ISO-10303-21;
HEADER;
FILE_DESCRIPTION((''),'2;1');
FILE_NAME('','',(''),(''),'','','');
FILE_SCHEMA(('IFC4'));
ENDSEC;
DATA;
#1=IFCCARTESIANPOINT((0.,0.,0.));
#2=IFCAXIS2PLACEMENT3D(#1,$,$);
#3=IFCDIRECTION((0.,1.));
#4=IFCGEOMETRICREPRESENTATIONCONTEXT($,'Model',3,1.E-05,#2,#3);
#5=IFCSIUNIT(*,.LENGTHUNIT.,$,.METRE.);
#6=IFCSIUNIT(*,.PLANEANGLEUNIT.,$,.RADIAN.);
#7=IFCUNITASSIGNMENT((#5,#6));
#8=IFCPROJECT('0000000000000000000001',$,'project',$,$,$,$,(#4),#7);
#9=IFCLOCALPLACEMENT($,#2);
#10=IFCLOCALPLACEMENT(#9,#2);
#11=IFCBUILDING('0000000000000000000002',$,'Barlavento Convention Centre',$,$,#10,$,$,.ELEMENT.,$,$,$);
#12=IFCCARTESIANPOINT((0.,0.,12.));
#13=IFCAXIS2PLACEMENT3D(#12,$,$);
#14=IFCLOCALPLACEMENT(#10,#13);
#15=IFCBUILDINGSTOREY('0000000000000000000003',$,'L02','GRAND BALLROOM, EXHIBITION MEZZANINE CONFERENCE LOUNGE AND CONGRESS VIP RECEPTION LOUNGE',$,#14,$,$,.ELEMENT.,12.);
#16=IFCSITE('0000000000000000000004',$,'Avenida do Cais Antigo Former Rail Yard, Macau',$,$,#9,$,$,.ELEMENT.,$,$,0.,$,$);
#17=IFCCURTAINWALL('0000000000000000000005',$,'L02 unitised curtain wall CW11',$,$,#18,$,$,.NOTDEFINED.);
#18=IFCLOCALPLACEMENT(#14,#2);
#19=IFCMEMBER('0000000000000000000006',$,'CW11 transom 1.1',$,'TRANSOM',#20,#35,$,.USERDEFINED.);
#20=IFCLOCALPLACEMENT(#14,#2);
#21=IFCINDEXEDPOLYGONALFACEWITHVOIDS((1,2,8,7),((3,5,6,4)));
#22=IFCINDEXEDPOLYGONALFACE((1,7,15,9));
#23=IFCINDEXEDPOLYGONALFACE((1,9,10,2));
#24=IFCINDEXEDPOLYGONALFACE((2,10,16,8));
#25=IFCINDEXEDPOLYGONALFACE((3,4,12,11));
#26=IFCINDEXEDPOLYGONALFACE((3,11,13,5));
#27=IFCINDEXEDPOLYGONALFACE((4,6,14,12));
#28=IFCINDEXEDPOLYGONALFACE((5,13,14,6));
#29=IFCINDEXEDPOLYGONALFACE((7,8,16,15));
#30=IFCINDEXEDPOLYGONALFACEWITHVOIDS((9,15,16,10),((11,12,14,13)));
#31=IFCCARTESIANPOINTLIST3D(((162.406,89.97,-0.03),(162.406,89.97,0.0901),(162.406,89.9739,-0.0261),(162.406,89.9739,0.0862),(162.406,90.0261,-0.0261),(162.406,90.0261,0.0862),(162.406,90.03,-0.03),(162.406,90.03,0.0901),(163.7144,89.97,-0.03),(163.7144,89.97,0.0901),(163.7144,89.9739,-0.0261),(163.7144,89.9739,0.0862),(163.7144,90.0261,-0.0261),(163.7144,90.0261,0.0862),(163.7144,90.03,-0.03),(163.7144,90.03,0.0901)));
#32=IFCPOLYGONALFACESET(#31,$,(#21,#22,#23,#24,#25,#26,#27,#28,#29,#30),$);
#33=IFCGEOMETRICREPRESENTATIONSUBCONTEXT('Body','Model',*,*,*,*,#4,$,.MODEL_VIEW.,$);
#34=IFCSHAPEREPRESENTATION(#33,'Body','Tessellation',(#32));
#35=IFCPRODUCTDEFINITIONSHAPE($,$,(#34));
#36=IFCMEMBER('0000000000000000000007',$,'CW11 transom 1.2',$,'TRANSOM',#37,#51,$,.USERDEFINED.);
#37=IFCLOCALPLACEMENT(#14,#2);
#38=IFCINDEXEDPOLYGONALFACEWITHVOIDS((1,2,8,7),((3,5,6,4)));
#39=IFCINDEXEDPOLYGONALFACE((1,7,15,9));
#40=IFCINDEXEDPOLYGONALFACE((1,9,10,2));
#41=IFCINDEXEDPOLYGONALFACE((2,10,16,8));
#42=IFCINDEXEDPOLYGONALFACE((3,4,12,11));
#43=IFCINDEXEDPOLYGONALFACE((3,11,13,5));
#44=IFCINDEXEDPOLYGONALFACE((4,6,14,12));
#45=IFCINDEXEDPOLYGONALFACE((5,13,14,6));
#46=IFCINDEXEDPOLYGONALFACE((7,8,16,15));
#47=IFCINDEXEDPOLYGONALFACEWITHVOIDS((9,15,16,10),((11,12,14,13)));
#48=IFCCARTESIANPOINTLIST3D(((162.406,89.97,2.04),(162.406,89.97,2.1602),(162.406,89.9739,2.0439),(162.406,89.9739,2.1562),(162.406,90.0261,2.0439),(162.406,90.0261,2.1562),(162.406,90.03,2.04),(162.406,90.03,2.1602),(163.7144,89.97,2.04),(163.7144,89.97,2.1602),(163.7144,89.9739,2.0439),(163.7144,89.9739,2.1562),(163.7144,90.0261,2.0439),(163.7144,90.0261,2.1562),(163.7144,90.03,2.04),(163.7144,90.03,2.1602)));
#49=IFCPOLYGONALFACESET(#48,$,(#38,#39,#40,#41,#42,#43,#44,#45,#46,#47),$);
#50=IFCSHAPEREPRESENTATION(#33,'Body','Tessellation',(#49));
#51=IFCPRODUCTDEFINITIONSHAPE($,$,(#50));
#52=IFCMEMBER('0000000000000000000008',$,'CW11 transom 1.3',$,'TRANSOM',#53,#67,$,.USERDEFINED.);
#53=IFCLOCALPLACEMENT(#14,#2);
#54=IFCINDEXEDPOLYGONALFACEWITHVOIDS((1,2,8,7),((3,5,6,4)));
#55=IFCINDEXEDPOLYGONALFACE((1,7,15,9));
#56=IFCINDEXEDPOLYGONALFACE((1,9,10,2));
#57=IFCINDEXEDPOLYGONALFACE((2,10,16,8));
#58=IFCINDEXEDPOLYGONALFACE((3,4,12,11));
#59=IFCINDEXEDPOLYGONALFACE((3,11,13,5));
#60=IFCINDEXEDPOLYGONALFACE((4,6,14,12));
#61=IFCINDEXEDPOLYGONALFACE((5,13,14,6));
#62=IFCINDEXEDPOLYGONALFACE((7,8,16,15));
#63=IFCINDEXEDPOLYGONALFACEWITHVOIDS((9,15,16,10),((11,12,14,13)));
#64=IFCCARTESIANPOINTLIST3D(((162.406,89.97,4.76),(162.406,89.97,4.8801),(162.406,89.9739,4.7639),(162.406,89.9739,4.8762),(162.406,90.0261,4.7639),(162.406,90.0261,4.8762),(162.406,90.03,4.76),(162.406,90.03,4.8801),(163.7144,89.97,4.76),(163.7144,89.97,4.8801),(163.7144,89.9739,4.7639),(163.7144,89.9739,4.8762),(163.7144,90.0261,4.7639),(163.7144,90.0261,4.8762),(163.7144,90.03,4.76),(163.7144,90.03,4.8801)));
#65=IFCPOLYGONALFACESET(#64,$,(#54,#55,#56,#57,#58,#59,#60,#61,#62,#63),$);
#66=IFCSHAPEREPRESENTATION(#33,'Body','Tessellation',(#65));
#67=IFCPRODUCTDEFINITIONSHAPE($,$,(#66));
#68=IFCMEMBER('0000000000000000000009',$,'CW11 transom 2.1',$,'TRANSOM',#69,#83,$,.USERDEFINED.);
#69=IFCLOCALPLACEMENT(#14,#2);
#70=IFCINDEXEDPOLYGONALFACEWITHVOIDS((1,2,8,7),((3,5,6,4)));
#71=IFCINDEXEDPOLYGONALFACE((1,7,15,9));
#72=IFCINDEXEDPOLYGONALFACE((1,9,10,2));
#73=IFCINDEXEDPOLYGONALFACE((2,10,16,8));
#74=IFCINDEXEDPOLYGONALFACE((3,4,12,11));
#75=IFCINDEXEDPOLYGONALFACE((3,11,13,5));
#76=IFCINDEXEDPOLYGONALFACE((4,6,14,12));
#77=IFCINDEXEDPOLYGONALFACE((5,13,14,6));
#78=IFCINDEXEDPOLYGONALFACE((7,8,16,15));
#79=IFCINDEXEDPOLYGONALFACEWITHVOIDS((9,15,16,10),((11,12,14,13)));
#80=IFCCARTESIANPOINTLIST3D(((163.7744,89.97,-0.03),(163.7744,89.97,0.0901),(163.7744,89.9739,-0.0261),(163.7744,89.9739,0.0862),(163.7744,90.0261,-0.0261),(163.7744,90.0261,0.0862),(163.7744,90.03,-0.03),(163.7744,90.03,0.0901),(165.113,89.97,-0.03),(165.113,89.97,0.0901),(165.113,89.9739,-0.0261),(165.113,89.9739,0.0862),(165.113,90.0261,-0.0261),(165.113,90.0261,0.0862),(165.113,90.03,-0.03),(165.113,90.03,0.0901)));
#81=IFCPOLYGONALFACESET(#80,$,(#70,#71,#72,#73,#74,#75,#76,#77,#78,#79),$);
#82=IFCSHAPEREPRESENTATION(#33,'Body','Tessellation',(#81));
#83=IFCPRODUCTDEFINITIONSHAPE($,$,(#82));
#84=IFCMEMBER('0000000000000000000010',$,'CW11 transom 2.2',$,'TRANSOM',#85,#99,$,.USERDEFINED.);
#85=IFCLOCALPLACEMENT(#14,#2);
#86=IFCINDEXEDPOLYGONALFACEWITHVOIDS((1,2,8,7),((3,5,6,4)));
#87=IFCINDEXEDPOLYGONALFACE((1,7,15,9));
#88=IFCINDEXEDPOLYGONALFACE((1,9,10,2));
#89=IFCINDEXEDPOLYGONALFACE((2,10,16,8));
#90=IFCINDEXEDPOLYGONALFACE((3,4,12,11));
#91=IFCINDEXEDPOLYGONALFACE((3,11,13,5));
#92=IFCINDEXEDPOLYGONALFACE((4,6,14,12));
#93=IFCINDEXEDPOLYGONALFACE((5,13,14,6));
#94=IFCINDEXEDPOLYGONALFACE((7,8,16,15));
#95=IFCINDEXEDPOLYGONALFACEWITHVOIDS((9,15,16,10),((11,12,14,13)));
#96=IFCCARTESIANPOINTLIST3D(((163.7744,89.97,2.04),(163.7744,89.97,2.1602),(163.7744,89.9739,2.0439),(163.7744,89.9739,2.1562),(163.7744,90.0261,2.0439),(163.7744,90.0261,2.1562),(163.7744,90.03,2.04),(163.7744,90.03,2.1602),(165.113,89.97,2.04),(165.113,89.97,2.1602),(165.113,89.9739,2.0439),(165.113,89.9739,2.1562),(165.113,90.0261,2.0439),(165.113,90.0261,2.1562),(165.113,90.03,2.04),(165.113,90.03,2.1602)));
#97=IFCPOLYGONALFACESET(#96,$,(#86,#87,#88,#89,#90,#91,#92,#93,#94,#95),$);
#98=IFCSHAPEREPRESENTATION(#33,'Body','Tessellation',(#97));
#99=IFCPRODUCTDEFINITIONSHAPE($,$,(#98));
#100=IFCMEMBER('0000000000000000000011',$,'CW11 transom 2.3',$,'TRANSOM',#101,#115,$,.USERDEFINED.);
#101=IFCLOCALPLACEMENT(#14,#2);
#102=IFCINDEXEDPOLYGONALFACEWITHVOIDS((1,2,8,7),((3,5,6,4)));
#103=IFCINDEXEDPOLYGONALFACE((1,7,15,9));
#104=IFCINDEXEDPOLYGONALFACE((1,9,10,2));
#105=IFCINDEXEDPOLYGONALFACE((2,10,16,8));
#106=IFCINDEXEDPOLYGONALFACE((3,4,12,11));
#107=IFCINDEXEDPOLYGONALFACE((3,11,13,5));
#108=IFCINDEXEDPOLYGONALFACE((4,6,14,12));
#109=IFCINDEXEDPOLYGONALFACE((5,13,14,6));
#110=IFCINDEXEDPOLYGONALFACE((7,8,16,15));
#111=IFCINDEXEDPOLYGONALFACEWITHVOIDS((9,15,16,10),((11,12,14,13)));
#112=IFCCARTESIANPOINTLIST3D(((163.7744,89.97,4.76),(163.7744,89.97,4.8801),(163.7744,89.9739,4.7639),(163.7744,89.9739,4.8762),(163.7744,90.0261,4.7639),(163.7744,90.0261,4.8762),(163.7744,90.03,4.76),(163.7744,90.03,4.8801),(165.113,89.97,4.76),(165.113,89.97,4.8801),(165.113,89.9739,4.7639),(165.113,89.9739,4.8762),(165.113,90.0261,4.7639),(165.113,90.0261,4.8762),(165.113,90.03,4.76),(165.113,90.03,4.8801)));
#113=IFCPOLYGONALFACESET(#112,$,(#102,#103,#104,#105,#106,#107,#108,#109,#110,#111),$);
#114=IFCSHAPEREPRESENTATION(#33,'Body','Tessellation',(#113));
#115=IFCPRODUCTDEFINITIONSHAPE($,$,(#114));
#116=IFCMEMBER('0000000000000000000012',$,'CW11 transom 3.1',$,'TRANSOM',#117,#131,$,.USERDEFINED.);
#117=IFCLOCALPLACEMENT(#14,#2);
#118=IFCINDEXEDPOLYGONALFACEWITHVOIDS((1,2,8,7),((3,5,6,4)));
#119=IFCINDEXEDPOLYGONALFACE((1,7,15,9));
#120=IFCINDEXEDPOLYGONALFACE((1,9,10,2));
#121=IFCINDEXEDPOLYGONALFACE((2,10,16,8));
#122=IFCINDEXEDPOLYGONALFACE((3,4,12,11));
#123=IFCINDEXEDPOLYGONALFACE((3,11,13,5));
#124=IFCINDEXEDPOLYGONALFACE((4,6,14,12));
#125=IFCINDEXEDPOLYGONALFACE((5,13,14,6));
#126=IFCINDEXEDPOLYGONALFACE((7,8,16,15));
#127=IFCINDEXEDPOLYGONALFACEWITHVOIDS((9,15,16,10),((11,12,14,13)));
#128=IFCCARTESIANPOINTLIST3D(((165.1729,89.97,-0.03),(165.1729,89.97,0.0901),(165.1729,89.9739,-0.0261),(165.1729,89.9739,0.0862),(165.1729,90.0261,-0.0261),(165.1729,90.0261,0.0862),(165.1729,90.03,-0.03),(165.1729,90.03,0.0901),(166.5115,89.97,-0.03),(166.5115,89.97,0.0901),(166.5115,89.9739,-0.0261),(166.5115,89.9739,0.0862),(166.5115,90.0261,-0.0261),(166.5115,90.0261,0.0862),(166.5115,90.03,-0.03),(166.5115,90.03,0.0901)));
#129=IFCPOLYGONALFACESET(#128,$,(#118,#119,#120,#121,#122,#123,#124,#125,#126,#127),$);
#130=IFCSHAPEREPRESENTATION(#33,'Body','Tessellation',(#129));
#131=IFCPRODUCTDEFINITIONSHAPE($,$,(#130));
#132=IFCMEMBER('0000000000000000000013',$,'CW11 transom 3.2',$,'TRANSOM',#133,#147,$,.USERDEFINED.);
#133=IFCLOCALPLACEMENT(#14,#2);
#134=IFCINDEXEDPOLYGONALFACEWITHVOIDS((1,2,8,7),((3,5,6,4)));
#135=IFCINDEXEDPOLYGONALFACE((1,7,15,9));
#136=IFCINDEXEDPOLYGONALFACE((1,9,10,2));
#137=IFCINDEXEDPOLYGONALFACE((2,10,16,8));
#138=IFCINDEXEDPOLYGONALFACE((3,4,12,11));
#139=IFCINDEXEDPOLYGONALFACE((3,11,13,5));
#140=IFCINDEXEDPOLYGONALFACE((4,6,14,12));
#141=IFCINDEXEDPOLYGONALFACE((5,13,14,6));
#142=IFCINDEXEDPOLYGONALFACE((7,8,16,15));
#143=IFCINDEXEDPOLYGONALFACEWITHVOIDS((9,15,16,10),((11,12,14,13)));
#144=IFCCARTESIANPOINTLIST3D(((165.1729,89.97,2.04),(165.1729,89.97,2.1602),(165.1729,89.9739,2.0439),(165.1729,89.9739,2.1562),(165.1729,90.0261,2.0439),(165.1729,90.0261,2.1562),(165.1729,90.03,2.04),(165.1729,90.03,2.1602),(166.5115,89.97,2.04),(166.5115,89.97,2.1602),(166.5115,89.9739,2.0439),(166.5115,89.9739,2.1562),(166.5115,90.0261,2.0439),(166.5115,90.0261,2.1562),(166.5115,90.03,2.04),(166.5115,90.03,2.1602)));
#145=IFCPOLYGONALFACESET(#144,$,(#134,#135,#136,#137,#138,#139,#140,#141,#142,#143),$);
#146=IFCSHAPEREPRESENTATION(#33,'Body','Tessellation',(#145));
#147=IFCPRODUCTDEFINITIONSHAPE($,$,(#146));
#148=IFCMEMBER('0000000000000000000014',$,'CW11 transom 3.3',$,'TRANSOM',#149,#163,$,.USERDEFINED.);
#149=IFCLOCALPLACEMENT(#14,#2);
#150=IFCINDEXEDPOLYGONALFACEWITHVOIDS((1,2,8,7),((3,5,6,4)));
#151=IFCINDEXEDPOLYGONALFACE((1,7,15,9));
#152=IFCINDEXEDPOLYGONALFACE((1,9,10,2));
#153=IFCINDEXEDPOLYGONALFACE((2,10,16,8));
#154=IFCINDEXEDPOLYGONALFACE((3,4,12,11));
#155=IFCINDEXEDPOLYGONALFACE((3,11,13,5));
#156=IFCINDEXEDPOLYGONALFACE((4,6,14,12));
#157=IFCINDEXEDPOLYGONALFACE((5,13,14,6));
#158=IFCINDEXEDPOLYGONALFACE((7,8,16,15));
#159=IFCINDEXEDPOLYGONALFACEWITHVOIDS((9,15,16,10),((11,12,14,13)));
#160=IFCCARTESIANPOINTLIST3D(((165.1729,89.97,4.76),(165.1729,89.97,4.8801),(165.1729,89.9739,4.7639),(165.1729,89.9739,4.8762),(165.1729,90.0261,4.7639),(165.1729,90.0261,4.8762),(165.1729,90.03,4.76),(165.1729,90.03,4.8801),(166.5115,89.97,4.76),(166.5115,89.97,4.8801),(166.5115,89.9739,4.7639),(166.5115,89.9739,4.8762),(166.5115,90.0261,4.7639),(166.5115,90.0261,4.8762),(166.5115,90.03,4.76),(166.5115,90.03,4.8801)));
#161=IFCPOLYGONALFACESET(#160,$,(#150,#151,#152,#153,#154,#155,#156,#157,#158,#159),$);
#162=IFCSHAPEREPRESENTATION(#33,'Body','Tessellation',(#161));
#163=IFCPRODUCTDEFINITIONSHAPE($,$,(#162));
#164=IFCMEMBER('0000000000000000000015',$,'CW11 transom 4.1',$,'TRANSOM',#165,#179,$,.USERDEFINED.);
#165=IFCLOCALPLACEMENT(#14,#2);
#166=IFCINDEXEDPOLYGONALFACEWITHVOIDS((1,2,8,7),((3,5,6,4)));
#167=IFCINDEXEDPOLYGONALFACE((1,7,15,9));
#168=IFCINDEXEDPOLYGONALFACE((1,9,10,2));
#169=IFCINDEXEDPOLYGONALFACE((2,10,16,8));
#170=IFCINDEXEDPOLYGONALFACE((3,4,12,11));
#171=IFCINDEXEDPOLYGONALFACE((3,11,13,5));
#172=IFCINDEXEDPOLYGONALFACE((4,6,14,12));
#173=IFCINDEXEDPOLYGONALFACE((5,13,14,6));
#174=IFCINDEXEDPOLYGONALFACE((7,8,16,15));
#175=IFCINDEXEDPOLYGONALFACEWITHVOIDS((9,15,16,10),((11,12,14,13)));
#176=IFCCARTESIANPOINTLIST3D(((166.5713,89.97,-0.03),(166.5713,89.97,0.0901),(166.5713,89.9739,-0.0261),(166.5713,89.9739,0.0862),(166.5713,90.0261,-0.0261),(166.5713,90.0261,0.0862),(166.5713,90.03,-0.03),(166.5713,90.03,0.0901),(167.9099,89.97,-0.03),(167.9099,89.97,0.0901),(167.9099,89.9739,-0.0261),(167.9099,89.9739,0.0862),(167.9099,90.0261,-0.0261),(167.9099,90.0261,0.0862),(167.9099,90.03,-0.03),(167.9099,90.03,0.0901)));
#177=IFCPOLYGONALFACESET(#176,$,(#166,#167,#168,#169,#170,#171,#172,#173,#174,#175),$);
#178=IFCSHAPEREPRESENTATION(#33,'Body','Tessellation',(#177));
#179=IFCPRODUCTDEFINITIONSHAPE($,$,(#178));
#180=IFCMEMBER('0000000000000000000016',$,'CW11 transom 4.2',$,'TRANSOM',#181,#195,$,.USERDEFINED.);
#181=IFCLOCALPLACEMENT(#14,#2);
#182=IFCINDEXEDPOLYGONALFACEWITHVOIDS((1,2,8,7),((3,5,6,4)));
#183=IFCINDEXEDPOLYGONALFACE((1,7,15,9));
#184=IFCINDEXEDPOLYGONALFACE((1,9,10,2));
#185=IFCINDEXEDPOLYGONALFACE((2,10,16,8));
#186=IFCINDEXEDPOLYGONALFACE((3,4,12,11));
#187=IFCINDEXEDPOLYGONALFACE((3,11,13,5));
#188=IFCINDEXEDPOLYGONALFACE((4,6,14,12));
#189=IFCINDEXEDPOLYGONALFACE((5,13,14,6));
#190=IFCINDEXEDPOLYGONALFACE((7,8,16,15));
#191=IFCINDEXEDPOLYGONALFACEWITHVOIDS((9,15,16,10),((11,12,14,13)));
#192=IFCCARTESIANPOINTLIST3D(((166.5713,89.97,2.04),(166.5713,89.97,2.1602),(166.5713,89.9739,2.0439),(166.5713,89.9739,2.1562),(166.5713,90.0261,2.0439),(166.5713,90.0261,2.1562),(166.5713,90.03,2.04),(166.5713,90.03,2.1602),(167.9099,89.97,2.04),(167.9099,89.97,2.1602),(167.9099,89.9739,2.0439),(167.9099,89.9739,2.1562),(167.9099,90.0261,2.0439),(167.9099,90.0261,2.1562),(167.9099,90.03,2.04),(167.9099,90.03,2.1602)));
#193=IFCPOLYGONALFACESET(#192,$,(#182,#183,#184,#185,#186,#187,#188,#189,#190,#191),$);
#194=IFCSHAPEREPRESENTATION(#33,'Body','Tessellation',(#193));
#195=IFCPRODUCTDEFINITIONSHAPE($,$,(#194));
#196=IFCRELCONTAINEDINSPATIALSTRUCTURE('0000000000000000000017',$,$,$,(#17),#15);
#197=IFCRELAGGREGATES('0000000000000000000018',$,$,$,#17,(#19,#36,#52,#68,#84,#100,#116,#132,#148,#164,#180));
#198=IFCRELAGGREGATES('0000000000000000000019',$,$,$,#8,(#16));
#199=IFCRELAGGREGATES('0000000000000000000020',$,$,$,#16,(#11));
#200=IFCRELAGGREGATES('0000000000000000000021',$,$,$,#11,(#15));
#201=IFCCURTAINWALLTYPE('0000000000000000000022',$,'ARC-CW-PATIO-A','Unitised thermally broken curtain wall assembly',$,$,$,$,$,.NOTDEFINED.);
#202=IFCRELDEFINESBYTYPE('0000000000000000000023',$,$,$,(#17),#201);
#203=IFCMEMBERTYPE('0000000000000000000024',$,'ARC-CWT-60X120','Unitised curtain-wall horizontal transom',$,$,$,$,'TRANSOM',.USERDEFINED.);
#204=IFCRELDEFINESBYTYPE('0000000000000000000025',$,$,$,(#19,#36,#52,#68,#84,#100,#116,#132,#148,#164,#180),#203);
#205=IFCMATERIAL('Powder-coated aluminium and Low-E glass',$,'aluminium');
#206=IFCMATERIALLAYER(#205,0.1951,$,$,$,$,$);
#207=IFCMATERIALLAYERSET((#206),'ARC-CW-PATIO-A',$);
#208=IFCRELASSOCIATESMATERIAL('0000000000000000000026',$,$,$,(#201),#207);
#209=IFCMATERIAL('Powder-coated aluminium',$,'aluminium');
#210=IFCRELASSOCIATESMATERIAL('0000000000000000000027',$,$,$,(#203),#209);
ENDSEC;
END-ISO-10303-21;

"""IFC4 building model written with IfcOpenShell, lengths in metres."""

from ifc_helpers import new_model, si_unit, direction, frame, origin, origin_2d, place, context, subcontext, project, spatial, hollow_rectangle, extrude, material, layer, layer_set, material_profile, profile_set, type_object, element, aggregate, save


model = new_model("IFC4")

# Units and contexts
model_context = context("Model", 3, precision=1e-05, world=origin(), true_north=direction((0.0, 1.0)))
body_context = subcontext(model_context, "Body", "Model", "MODEL_VIEW")
ifc_project = project(units=[si_unit("LENGTHUNIT", "METRE"), si_unit("PLANEANGLEUNIT", "RADIAN")], contexts=[model_context])

# Site, building, storey
site_placement = place(None, origin())
site = spatial("IfcSite", under=ifc_project, at=site_placement, Name="Avenida do Cais Antigo Former Rail Yard, Macau", CompositionType="ELEMENT", RefElevation=0.0)
building_placement = place(site_placement, origin())
building = spatial("IfcBuilding", under=site, at=building_placement, Name="Barlavento Convention Centre", CompositionType="ELEMENT")
storey_placement = place(building_placement, frame((0.0, 0.0, 12.0)))
storey = spatial("IfcBuildingStorey", under=building, at=storey_placement, Name="L02", Description="GRAND BALLROOM, EXHIBITION MEZZANINE CONFERENCE LOUNGE AND CONGRESS VIP RECEPTION LOUNGE", CompositionType="ELEMENT", Elevation=12.0)

# Shared definitions
ifc_material_1 = material(Name="Powder-coated aluminium and Low-E glass", Category="aluminium")
ifc_layer_1 = layer(ifc_material_1, 0.1951)
ifc_layer_set_1 = layer_set([ifc_layer_1], Name="ARC-CW-PATIO-A")
curtain_wall_type = type_object("IfcCurtainWallType", Name="ARC-CW-PATIO-A", Description="Unitised thermally broken curtain wall assembly", PredefinedType="NOTDEFINED", material=ifc_layer_set_1)
ifc_material_2 = material(Name="Powder-coated aluminium", Category="aluminium")

# Curtain wall
curtain_wall_1_placement = place(storey_placement, origin())
curtain_wall_1 = element("IfcCurtainWall", 1, at=curtain_wall_1_placement, inside=storey, type_object=curtain_wall_type, Name="L02 unitised curtain wall CW11", PredefinedType="NOTDEFINED")

# Members
ifc_material_profile_1 = material_profile(ifc_material_2, hollow_rectangle(XDim=0.0601, YDim=0.1201, WallThickness=0.0039, at=origin_2d()), Name="AL-TRAN 60x120x4")
ifc_profile_set_1 = profile_set([ifc_material_profile_1], Name="Powder-coated aluminium")
member_type_1 = type_object("IfcMemberType", Name="ARC-CWT-60X120", Description="Unitised curtain-wall horizontal transom", ElementType="TRANSOM", PredefinedType="USERDEFINED", material=ifc_profile_set_1)
member_1_placement = place(storey_placement, frame((162.406, 90.0, 0.03), z_axis=(1.0, 0.0, 0.0), x_axis=(0.0, 1.0, 0.0)))
member_1 = element("IfcMember", 2, at=member_1_placement, type_object=member_type_1, Name="CW11 transom 1.1", ObjectType="TRANSOM", PredefinedType="USERDEFINED", context=body_context, shape_type="SweptSolid", body=[
    extrude(hollow_rectangle(XDim=0.0601, YDim=0.1201, WallThickness=0.0039, at=origin_2d()), origin(), (0.0, 0.0, 1.0), 1.3083),
])
member_2_placement = place(storey_placement, frame((162.406, 90.0, 2.1001), z_axis=(1.0, 0.0, 0.0), x_axis=(0.0, 1.0, 0.0)))
member_2 = element("IfcMember", 3, at=member_2_placement, type_object=member_type_1, Name="CW11 transom 1.2", ObjectType="TRANSOM", PredefinedType="USERDEFINED", context=body_context, shape_type="SweptSolid", body=[
    extrude(hollow_rectangle(XDim=0.0601, YDim=0.1201, WallThickness=0.0039, at=origin_2d()), origin(), (0.0, 0.0, 1.0), 1.3083),
])
member_3_placement = place(storey_placement, frame((162.406, 90.0, 4.8201), z_axis=(1.0, 0.0, 0.0), x_axis=(0.0, 1.0, 0.0)))
member_3 = element("IfcMember", 4, at=member_3_placement, type_object=member_type_1, Name="CW11 transom 1.3", ObjectType="TRANSOM", PredefinedType="USERDEFINED", context=body_context, shape_type="SweptSolid", body=[
    extrude(hollow_rectangle(XDim=0.0601, YDim=0.1201, WallThickness=0.0039, at=origin_2d()), origin(), (0.0, 0.0, 1.0), 1.3083),
])
member_4_placement = place(storey_placement, frame((163.7744, 90.0, 0.03), z_axis=(1.0, 0.0, 0.0), x_axis=(0.0, 1.0, 0.0)))
member_4 = element("IfcMember", 5, at=member_4_placement, type_object=member_type_1, Name="CW11 transom 2.1", ObjectType="TRANSOM", PredefinedType="USERDEFINED", context=body_context, shape_type="SweptSolid", body=[
    extrude(hollow_rectangle(XDim=0.0601, YDim=0.1201, WallThickness=0.0039, at=origin_2d()), origin(), (0.0, 0.0, 1.0), 1.3386),
])
member_5_placement = place(storey_placement, frame((163.7744, 90.0, 2.1001), z_axis=(1.0, 0.0, 0.0), x_axis=(0.0, 1.0, 0.0)))
member_5 = element("IfcMember", 6, at=member_5_placement, type_object=member_type_1, Name="CW11 transom 2.2", ObjectType="TRANSOM", PredefinedType="USERDEFINED", context=body_context, shape_type="SweptSolid", body=[
    extrude(hollow_rectangle(XDim=0.0601, YDim=0.1201, WallThickness=0.0039, at=origin_2d()), origin(), (0.0, 0.0, 1.0), 1.3386),
])
member_6_placement = place(storey_placement, frame((163.7744, 90.0, 4.8201), z_axis=(1.0, 0.0, 0.0), x_axis=(0.0, 1.0, 0.0)))
member_6 = element("IfcMember", 7, at=member_6_placement, type_object=member_type_1, Name="CW11 transom 2.3", ObjectType="TRANSOM", PredefinedType="USERDEFINED", context=body_context, shape_type="SweptSolid", body=[
    extrude(hollow_rectangle(XDim=0.0601, YDim=0.1201, WallThickness=0.0039, at=origin_2d()), origin(), (0.0, 0.0, 1.0), 1.3386),
])
member_7_placement = place(storey_placement, frame((165.1729, 90.0, 0.03), z_axis=(1.0, 0.0, 0.0), x_axis=(0.0, 1.0, 0.0)))
member_7 = element("IfcMember", 8, at=member_7_placement, type_object=member_type_1, Name="CW11 transom 3.1", ObjectType="TRANSOM", PredefinedType="USERDEFINED", context=body_context, shape_type="SweptSolid", body=[
    extrude(hollow_rectangle(XDim=0.0601, YDim=0.1201, WallThickness=0.0039, at=origin_2d()), origin(), (0.0, 0.0, 1.0), 1.3386),
])
member_8_placement = place(storey_placement, frame((165.1729, 90.0, 2.1001), z_axis=(1.0, 0.0, 0.0), x_axis=(0.0, 1.0, 0.0)))
member_8 = element("IfcMember", 9, at=member_8_placement, type_object=member_type_1, Name="CW11 transom 3.2", ObjectType="TRANSOM", PredefinedType="USERDEFINED", context=body_context, shape_type="SweptSolid", body=[
    extrude(hollow_rectangle(XDim=0.0601, YDim=0.1201, WallThickness=0.0039, at=origin_2d()), origin(), (0.0, 0.0, 1.0), 1.3386),
])
member_9_placement = place(storey_placement, frame((165.1729, 90.0, 4.8201), z_axis=(1.0, 0.0, 0.0), x_axis=(0.0, 1.0, 0.0)))
member_9 = element("IfcMember", 10, at=member_9_placement, type_object=member_type_1, Name="CW11 transom 3.3", ObjectType="TRANSOM", PredefinedType="USERDEFINED", context=body_context, shape_type="SweptSolid", body=[
    extrude(hollow_rectangle(XDim=0.0601, YDim=0.1201, WallThickness=0.0039, at=origin_2d()), origin(), (0.0, 0.0, 1.0), 1.3386),
])
member_10_placement = place(storey_placement, frame((166.5713, 90.0, 0.03), z_axis=(1.0, 0.0, 0.0), x_axis=(0.0, 1.0, 0.0)))
member_10 = element("IfcMember", 11, at=member_10_placement, type_object=member_type_1, Name="CW11 transom 4.1", ObjectType="TRANSOM", PredefinedType="USERDEFINED", context=body_context, shape_type="SweptSolid", body=[
    extrude(hollow_rectangle(XDim=0.0601, YDim=0.1201, WallThickness=0.0039, at=origin_2d()), origin(), (0.0, 0.0, 1.0), 1.3386),
])
member_11_placement = place(storey_placement, frame((166.5713, 90.0, 2.1001), z_axis=(1.0, 0.0, 0.0), x_axis=(0.0, 1.0, 0.0)))
member_11 = element("IfcMember", 12, at=member_11_placement, type_object=member_type_1, Name="CW11 transom 4.2", ObjectType="TRANSOM", PredefinedType="USERDEFINED", context=body_context, shape_type="SweptSolid", body=[
    extrude(hollow_rectangle(XDim=0.0601, YDim=0.1201, WallThickness=0.0039, at=origin_2d()), origin(), (0.0, 0.0, 1.0), 1.3386),
])

aggregate(curtain_wall_1, [member_1, member_2, member_3, member_4, member_5, member_6, member_7, member_8, member_9, member_10, member_11])

save(model, "model.ifc")
